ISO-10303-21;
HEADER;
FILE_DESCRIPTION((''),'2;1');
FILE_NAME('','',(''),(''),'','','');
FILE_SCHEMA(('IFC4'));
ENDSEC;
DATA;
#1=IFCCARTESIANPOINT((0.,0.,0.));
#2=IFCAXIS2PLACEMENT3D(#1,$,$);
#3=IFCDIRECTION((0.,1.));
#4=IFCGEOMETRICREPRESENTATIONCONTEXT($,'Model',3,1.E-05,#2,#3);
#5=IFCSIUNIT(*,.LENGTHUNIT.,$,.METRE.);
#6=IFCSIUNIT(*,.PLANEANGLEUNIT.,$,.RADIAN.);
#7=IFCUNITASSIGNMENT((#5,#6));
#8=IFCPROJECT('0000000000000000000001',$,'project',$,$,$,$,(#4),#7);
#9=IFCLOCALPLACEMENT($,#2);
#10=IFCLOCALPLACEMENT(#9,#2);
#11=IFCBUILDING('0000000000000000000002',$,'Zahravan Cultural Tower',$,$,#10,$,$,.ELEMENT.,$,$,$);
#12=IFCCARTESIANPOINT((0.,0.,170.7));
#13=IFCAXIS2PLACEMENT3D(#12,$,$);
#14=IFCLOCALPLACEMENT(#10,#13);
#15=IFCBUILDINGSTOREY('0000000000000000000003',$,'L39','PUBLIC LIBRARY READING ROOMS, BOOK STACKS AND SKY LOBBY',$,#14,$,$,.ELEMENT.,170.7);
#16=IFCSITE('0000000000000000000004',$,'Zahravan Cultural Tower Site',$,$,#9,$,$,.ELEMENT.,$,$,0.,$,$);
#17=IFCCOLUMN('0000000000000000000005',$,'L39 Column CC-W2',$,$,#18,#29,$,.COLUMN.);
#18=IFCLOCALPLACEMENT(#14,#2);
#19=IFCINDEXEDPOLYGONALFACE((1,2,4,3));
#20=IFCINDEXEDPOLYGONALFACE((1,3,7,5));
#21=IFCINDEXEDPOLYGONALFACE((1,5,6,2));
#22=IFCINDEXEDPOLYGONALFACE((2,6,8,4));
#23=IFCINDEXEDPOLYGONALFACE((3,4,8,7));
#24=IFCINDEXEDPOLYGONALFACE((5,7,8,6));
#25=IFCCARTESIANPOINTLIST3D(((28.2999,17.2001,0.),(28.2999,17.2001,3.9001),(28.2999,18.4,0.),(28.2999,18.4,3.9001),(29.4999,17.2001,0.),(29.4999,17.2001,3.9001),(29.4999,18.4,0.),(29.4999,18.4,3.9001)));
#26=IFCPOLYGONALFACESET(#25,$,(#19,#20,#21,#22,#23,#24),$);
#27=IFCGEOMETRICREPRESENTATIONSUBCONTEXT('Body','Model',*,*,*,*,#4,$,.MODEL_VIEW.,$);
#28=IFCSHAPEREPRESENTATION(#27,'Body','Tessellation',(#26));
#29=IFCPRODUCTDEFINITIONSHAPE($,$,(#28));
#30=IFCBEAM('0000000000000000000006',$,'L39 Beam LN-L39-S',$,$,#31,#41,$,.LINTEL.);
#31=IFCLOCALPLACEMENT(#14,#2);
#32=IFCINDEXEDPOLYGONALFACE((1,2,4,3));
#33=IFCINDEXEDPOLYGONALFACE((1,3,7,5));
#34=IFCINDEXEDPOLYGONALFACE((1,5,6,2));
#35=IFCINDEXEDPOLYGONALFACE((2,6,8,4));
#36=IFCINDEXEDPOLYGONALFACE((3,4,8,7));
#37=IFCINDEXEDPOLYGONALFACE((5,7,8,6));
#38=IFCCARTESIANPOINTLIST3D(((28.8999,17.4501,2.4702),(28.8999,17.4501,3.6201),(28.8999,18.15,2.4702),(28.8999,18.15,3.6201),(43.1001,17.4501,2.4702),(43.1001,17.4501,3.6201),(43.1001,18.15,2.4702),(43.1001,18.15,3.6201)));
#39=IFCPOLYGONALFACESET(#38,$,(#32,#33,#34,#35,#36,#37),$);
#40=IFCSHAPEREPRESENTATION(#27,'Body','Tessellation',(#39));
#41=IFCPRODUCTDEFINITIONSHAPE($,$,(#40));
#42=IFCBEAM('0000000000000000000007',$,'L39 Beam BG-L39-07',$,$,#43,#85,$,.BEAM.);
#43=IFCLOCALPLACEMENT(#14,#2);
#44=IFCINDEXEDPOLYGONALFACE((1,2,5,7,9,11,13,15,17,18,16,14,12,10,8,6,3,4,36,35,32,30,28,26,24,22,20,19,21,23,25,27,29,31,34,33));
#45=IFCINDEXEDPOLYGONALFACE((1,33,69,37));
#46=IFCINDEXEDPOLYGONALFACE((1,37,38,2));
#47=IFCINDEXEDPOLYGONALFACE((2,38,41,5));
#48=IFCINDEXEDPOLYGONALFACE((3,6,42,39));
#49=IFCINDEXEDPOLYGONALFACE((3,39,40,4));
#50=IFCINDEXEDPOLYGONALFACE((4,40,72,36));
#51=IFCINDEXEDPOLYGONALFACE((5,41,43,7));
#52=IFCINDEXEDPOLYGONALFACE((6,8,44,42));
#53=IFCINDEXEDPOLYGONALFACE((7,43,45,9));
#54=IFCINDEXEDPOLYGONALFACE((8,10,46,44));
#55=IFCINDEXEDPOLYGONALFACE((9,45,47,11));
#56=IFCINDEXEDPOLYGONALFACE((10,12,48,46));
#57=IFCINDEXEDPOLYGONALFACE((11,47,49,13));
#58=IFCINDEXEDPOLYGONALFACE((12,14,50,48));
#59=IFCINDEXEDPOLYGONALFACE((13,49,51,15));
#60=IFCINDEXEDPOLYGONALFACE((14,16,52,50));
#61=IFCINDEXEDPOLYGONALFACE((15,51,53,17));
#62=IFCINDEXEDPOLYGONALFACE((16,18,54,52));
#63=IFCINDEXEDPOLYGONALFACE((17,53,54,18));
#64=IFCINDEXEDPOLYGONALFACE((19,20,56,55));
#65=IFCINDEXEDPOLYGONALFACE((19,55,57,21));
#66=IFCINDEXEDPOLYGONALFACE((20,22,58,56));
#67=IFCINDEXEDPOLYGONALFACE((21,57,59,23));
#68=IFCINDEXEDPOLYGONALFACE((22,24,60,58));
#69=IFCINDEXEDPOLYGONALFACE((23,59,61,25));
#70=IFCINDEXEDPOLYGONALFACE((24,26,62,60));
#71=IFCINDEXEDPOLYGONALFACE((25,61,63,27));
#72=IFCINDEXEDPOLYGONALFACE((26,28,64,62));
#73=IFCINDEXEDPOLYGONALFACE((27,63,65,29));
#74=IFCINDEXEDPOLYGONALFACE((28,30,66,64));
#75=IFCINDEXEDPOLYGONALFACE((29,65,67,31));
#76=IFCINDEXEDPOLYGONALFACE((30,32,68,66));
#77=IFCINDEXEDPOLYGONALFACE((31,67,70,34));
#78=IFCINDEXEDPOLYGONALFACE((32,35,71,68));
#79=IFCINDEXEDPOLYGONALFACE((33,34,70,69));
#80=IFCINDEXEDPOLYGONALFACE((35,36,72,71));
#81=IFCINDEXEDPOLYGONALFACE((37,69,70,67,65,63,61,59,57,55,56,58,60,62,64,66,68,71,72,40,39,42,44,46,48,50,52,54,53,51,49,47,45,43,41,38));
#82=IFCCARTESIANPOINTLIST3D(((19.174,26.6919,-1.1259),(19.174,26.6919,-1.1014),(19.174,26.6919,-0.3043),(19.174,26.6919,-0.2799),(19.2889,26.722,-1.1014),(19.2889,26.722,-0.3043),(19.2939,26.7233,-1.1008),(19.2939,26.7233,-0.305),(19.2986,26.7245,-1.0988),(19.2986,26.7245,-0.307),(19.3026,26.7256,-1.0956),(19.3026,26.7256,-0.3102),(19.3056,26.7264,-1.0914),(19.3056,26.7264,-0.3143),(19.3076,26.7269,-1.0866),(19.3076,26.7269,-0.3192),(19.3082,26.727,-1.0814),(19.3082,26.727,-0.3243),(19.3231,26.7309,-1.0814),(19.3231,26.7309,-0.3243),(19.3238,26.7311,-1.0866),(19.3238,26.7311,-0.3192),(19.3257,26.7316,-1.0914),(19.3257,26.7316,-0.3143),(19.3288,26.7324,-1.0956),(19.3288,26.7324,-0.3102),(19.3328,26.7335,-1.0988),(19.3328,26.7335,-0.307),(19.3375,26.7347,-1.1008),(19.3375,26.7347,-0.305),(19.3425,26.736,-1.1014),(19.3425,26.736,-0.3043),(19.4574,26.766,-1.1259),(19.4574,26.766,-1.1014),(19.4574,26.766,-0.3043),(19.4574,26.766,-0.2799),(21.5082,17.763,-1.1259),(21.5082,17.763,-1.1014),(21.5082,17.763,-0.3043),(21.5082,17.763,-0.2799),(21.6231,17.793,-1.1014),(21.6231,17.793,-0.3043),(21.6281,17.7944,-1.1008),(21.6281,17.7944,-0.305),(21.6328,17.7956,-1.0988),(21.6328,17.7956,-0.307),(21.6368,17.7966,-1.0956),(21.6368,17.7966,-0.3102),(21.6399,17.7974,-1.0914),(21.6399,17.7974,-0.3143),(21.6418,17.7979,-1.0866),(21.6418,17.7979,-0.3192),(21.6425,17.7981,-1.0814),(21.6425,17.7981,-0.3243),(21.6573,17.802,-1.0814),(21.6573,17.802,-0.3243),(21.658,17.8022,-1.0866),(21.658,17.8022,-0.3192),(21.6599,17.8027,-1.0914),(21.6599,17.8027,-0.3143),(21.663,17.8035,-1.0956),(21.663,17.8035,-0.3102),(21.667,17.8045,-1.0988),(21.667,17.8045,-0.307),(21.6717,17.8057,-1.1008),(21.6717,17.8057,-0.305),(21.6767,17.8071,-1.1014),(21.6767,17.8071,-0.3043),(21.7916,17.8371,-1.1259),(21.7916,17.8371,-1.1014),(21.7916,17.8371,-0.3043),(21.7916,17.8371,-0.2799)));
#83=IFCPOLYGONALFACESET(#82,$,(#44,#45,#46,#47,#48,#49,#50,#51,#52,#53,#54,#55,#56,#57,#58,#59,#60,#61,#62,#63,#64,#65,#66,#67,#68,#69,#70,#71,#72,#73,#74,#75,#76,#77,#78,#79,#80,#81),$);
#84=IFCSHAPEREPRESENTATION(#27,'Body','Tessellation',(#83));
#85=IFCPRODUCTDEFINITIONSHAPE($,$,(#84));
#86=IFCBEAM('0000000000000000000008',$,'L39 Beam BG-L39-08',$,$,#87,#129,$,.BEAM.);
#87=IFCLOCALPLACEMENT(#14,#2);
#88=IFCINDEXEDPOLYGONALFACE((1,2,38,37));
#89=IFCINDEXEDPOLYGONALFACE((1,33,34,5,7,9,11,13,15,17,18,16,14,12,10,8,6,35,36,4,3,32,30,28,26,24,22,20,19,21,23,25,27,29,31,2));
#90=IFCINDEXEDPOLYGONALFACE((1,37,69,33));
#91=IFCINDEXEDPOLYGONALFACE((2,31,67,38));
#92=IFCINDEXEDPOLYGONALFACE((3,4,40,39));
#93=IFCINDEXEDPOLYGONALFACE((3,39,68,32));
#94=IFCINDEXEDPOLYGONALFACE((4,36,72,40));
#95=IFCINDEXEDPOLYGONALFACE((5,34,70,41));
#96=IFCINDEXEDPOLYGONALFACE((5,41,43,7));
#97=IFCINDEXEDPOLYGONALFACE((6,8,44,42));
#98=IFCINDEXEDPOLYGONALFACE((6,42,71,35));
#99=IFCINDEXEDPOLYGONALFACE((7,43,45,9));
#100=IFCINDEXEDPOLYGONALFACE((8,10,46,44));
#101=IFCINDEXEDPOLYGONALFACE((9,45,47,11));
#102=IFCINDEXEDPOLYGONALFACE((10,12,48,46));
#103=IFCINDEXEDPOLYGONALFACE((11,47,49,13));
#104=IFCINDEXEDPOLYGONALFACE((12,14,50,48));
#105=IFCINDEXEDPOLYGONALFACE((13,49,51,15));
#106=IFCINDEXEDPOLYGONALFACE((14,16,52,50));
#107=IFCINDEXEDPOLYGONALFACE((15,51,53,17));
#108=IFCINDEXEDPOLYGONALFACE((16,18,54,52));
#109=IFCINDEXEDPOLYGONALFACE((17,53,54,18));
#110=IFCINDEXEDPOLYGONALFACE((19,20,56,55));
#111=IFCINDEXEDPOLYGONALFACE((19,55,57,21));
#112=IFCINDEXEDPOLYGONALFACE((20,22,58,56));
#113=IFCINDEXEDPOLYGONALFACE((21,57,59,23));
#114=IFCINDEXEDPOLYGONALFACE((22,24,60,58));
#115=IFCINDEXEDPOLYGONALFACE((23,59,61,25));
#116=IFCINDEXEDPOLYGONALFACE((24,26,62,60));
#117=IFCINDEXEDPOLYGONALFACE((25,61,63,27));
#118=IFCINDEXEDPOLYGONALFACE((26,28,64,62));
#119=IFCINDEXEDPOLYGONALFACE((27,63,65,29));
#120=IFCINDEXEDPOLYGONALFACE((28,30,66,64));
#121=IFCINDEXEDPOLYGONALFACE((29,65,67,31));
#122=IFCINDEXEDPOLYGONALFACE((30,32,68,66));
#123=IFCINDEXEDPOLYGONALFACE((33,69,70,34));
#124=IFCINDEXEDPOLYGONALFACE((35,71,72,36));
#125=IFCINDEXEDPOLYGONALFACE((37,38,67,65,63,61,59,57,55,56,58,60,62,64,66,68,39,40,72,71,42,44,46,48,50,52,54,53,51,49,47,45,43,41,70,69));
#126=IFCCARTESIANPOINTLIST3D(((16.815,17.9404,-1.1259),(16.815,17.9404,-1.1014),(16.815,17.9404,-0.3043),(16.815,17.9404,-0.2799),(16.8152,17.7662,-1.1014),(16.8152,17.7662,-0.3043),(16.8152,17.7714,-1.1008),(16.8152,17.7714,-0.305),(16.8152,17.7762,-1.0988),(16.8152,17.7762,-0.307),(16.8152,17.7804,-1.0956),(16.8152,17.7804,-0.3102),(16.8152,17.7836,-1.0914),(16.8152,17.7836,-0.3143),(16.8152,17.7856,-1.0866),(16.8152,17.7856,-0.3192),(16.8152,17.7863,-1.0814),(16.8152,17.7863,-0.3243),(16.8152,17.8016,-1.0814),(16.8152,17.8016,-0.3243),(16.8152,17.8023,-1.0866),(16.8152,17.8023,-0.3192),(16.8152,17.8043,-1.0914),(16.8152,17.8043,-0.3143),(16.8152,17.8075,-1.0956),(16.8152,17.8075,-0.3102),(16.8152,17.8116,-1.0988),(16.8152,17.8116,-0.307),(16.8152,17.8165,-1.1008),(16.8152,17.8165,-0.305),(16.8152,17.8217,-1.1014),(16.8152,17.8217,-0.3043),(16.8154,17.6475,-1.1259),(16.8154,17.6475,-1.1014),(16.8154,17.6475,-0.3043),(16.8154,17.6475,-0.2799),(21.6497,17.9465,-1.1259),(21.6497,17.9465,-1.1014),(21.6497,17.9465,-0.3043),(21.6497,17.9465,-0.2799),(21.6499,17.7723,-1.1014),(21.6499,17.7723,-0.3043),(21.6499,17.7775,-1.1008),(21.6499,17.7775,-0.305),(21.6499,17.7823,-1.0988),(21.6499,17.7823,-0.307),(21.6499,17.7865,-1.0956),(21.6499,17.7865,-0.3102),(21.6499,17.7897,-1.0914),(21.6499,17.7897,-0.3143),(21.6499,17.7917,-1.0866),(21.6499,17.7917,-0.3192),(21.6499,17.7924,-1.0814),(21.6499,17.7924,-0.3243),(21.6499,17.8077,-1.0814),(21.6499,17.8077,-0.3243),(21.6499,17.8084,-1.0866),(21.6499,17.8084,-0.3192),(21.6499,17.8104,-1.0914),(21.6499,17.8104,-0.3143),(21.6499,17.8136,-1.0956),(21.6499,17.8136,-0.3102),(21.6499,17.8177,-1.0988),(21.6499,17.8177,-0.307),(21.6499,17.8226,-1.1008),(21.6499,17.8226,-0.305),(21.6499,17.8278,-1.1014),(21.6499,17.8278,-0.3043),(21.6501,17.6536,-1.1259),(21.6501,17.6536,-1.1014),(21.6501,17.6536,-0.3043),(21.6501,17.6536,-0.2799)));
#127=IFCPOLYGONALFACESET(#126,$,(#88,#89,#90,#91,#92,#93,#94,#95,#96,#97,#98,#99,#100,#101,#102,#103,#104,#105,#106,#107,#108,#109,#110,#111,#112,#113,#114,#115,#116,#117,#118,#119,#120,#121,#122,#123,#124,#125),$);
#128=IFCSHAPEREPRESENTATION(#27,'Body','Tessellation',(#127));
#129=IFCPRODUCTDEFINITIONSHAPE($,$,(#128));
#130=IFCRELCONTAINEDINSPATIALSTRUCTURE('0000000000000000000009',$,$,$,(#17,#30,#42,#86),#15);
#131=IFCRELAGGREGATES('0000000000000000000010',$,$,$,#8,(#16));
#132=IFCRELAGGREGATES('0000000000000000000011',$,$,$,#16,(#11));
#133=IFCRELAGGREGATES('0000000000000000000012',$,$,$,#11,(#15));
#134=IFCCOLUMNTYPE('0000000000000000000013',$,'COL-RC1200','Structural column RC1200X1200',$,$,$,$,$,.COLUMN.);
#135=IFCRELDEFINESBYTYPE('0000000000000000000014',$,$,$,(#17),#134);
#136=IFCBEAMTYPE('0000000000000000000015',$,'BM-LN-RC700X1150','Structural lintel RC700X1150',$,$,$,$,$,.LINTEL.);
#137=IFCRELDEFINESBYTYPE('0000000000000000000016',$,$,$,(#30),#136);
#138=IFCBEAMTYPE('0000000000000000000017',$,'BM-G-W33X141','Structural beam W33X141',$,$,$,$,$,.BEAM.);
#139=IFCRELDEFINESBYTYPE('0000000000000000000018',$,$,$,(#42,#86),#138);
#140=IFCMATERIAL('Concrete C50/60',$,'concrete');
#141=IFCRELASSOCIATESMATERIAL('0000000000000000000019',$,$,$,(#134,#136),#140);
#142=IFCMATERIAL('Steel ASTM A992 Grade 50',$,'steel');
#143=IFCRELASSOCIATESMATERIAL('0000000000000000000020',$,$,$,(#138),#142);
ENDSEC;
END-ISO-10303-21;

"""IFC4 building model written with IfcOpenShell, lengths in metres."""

from ifc_helpers import new_model, si_unit, direction, frame, origin, origin_2d, place, context, subcontext, project, spatial, rectangle, i_section, extrude, source, transform, mapped, material, material_profile, profile_set, type_object, element, save


model = new_model("IFC4")

# Units and contexts
model_context = context("Model", 3, precision=1e-05, world=origin(), true_north=direction((0.0, 1.0)))
body_context = subcontext(model_context, "Body", "Model", "MODEL_VIEW")
ifc_project = project(units=[si_unit("LENGTHUNIT", "METRE"), si_unit("PLANEANGLEUNIT", "RADIAN")], contexts=[model_context])

# Site, building, storey
site_placement = place(None, origin())
site = spatial("IfcSite", under=ifc_project, at=site_placement, Name="Zahravan Cultural Tower Site", CompositionType="ELEMENT", RefElevation=0.0)
building_placement = place(site_placement, origin())
building = spatial("IfcBuilding", under=site, at=building_placement, Name="Zahravan Cultural Tower", CompositionType="ELEMENT")
storey_placement = place(building_placement, frame((0.0, 0.0, 170.7)))
storey = spatial("IfcBuildingStorey", under=building, at=storey_placement, Name="L39", Description="PUBLIC LIBRARY READING ROOMS, BOOK STACKS AND SKY LOBBY", CompositionType="ELEMENT", Elevation=170.7)

# Column
ifc_material_1 = material(Name="Concrete C50/60", Category="concrete")
ifc_material_profile_1 = material_profile(ifc_material_1, rectangle(XDim=1.2, YDim=1.2, at=origin_2d()), Name="RC1200X1200")
ifc_profile_set_1 = profile_set([ifc_material_profile_1], Name="Concrete C50/60")
column_type = type_object("IfcColumnType", Name="COL-RC1200", Description="Structural column RC1200X1200", PredefinedType="COLUMN", material=ifc_profile_set_1)
shared_shape_1 = source(origin(), body_context, "Body", "SweptSolid", [
    extrude(rectangle(XDim=1.2, YDim=1.2, at=origin_2d()), origin(), (0.0, 0.0, 1.0), 3.9001),
])
column_placement = place(storey_placement, frame((28.8999, 17.8, 0.0), z_axis=(0.0, 0.0, 1.0), x_axis=(1.0, 0.0, 0.0)))
element("IfcColumn", 1, at=column_placement, inside=storey, type_object=column_type, Name="L39 Column CC-W2", PredefinedType="COLUMN", context=body_context, shape_type="MappedRepresentation", body=[
    mapped(shared_shape_1, transform((0.0, 0.0, 0.0), x_axis=(1.0, 0.0, 0.0), y_axis=(0.0, 1.0, 0.0), z_axis=(0.0, 0.0, 1.0), scale=1.0)),
])

# Beams
ifc_material_profile_2 = material_profile(ifc_material_1, rectangle(XDim=0.7, YDim=1.1499, at=origin_2d()), Name="RC700X1150")
ifc_profile_set_2 = profile_set([ifc_material_profile_2], Name="Concrete C50/60")
beam_type_1 = type_object("IfcBeamType", Name="BM-LN-RC700X1150", Description="Structural lintel RC700X1150", PredefinedType="LINTEL", material=ifc_profile_set_2)
shared_shape_2 = source(origin(), body_context, "Body", "SweptSolid", [
    extrude(rectangle(XDim=0.7, YDim=1.1499, at=origin_2d()), origin(), (0.0, 0.0, 1.0), 14.2002),
])
beam_1_placement = place(storey_placement, frame((28.8999, 17.8, 3.0452), z_axis=(1.0, 0.0, 0.0), x_axis=(0.0, 1.0, 0.0)))
element("IfcBeam", 2, at=beam_1_placement, inside=storey, type_object=beam_type_1, Name="L39 Beam LN-L39-S", PredefinedType="LINTEL", context=body_context, shape_type="MappedRepresentation", body=[
    mapped(shared_shape_2, transform((0.0, 0.0, 0.0), x_axis=(1.0, 0.0, 0.0), y_axis=(0.0, 1.0, 0.0), z_axis=(0.0, 0.0, 1.0), scale=1.0)),
])
ifc_material_2 = material(Name="Steel ASTM A992 Grade 50", Category="steel")
ifc_material_profile_3 = material_profile(ifc_material_2, i_section(OverallWidth=0.293, OverallDepth=0.8459, WebThickness=0.0154, FlangeThickness=0.0244, FilletRadius=0.02, at=origin_2d()), Name="W33X141")
ifc_profile_set_3 = profile_set([ifc_material_profile_3], Name="Steel ASTM A992 Grade 50")
beam_type_2 = type_object("IfcBeamType", Name="BM-G-W33X141", Description="Structural beam W33X141", PredefinedType="BEAM", material=ifc_profile_set_3)
shared_shape_3 = source(origin(), body_context, "Body", "SweptSolid", [
    extrude(i_section(OverallWidth=0.293, OverallDepth=0.8459, WebThickness=0.0154, FlangeThickness=0.0244, FilletRadius=0.02, at=origin_2d()), origin(), (0.0, 0.0, 1.0), 9.229),
])
beam_2_placement = place(storey_placement, frame((21.6499, 17.8, -0.7029), z_axis=(-0.252923, 0.967487, 0.0), x_axis=(-0.967487, -0.252923, 0.0)))
element("IfcBeam", 3, at=beam_2_placement, inside=storey, type_object=beam_type_2, Name="L39 Beam BG-L39-07", PredefinedType="BEAM", context=body_context, shape_type="MappedRepresentation", body=[
    mapped(shared_shape_3, transform((0.0, 0.0, 0.0), x_axis=(1.0, 0.0, 0.0), y_axis=(0.0, 1.0, 0.0), z_axis=(0.0, 0.0, 1.0), scale=1.0)),
])
shared_shape_4 = source(origin(), body_context, "Body", "SweptSolid", [
    extrude(i_section(OverallWidth=0.293, OverallDepth=0.8459, WebThickness=0.0154, FlangeThickness=0.0244, FilletRadius=0.02, at=origin_2d()), origin(), (0.0, 0.0, 1.0), 4.8347),
])
beam_3_placement = place(storey_placement, frame((21.6499, 17.8, -0.7029), z_axis=(-0.999999, -0.001262, 0.0), x_axis=(0.001262, -0.999999, 0.0)))
element("IfcBeam", 4, at=beam_3_placement, inside=storey, type_object=beam_type_2, Name="L39 Beam BG-L39-08", PredefinedType="BEAM", context=body_context, shape_type="MappedRepresentation", body=[
    mapped(shared_shape_4, transform((0.0, 0.0, 0.0), x_axis=(1.0, 0.0, 0.0), y_axis=(0.0, 1.0, 0.0), z_axis=(0.0, 0.0, 1.0), scale=1.0)),
])

save(model, "model.ifc")
